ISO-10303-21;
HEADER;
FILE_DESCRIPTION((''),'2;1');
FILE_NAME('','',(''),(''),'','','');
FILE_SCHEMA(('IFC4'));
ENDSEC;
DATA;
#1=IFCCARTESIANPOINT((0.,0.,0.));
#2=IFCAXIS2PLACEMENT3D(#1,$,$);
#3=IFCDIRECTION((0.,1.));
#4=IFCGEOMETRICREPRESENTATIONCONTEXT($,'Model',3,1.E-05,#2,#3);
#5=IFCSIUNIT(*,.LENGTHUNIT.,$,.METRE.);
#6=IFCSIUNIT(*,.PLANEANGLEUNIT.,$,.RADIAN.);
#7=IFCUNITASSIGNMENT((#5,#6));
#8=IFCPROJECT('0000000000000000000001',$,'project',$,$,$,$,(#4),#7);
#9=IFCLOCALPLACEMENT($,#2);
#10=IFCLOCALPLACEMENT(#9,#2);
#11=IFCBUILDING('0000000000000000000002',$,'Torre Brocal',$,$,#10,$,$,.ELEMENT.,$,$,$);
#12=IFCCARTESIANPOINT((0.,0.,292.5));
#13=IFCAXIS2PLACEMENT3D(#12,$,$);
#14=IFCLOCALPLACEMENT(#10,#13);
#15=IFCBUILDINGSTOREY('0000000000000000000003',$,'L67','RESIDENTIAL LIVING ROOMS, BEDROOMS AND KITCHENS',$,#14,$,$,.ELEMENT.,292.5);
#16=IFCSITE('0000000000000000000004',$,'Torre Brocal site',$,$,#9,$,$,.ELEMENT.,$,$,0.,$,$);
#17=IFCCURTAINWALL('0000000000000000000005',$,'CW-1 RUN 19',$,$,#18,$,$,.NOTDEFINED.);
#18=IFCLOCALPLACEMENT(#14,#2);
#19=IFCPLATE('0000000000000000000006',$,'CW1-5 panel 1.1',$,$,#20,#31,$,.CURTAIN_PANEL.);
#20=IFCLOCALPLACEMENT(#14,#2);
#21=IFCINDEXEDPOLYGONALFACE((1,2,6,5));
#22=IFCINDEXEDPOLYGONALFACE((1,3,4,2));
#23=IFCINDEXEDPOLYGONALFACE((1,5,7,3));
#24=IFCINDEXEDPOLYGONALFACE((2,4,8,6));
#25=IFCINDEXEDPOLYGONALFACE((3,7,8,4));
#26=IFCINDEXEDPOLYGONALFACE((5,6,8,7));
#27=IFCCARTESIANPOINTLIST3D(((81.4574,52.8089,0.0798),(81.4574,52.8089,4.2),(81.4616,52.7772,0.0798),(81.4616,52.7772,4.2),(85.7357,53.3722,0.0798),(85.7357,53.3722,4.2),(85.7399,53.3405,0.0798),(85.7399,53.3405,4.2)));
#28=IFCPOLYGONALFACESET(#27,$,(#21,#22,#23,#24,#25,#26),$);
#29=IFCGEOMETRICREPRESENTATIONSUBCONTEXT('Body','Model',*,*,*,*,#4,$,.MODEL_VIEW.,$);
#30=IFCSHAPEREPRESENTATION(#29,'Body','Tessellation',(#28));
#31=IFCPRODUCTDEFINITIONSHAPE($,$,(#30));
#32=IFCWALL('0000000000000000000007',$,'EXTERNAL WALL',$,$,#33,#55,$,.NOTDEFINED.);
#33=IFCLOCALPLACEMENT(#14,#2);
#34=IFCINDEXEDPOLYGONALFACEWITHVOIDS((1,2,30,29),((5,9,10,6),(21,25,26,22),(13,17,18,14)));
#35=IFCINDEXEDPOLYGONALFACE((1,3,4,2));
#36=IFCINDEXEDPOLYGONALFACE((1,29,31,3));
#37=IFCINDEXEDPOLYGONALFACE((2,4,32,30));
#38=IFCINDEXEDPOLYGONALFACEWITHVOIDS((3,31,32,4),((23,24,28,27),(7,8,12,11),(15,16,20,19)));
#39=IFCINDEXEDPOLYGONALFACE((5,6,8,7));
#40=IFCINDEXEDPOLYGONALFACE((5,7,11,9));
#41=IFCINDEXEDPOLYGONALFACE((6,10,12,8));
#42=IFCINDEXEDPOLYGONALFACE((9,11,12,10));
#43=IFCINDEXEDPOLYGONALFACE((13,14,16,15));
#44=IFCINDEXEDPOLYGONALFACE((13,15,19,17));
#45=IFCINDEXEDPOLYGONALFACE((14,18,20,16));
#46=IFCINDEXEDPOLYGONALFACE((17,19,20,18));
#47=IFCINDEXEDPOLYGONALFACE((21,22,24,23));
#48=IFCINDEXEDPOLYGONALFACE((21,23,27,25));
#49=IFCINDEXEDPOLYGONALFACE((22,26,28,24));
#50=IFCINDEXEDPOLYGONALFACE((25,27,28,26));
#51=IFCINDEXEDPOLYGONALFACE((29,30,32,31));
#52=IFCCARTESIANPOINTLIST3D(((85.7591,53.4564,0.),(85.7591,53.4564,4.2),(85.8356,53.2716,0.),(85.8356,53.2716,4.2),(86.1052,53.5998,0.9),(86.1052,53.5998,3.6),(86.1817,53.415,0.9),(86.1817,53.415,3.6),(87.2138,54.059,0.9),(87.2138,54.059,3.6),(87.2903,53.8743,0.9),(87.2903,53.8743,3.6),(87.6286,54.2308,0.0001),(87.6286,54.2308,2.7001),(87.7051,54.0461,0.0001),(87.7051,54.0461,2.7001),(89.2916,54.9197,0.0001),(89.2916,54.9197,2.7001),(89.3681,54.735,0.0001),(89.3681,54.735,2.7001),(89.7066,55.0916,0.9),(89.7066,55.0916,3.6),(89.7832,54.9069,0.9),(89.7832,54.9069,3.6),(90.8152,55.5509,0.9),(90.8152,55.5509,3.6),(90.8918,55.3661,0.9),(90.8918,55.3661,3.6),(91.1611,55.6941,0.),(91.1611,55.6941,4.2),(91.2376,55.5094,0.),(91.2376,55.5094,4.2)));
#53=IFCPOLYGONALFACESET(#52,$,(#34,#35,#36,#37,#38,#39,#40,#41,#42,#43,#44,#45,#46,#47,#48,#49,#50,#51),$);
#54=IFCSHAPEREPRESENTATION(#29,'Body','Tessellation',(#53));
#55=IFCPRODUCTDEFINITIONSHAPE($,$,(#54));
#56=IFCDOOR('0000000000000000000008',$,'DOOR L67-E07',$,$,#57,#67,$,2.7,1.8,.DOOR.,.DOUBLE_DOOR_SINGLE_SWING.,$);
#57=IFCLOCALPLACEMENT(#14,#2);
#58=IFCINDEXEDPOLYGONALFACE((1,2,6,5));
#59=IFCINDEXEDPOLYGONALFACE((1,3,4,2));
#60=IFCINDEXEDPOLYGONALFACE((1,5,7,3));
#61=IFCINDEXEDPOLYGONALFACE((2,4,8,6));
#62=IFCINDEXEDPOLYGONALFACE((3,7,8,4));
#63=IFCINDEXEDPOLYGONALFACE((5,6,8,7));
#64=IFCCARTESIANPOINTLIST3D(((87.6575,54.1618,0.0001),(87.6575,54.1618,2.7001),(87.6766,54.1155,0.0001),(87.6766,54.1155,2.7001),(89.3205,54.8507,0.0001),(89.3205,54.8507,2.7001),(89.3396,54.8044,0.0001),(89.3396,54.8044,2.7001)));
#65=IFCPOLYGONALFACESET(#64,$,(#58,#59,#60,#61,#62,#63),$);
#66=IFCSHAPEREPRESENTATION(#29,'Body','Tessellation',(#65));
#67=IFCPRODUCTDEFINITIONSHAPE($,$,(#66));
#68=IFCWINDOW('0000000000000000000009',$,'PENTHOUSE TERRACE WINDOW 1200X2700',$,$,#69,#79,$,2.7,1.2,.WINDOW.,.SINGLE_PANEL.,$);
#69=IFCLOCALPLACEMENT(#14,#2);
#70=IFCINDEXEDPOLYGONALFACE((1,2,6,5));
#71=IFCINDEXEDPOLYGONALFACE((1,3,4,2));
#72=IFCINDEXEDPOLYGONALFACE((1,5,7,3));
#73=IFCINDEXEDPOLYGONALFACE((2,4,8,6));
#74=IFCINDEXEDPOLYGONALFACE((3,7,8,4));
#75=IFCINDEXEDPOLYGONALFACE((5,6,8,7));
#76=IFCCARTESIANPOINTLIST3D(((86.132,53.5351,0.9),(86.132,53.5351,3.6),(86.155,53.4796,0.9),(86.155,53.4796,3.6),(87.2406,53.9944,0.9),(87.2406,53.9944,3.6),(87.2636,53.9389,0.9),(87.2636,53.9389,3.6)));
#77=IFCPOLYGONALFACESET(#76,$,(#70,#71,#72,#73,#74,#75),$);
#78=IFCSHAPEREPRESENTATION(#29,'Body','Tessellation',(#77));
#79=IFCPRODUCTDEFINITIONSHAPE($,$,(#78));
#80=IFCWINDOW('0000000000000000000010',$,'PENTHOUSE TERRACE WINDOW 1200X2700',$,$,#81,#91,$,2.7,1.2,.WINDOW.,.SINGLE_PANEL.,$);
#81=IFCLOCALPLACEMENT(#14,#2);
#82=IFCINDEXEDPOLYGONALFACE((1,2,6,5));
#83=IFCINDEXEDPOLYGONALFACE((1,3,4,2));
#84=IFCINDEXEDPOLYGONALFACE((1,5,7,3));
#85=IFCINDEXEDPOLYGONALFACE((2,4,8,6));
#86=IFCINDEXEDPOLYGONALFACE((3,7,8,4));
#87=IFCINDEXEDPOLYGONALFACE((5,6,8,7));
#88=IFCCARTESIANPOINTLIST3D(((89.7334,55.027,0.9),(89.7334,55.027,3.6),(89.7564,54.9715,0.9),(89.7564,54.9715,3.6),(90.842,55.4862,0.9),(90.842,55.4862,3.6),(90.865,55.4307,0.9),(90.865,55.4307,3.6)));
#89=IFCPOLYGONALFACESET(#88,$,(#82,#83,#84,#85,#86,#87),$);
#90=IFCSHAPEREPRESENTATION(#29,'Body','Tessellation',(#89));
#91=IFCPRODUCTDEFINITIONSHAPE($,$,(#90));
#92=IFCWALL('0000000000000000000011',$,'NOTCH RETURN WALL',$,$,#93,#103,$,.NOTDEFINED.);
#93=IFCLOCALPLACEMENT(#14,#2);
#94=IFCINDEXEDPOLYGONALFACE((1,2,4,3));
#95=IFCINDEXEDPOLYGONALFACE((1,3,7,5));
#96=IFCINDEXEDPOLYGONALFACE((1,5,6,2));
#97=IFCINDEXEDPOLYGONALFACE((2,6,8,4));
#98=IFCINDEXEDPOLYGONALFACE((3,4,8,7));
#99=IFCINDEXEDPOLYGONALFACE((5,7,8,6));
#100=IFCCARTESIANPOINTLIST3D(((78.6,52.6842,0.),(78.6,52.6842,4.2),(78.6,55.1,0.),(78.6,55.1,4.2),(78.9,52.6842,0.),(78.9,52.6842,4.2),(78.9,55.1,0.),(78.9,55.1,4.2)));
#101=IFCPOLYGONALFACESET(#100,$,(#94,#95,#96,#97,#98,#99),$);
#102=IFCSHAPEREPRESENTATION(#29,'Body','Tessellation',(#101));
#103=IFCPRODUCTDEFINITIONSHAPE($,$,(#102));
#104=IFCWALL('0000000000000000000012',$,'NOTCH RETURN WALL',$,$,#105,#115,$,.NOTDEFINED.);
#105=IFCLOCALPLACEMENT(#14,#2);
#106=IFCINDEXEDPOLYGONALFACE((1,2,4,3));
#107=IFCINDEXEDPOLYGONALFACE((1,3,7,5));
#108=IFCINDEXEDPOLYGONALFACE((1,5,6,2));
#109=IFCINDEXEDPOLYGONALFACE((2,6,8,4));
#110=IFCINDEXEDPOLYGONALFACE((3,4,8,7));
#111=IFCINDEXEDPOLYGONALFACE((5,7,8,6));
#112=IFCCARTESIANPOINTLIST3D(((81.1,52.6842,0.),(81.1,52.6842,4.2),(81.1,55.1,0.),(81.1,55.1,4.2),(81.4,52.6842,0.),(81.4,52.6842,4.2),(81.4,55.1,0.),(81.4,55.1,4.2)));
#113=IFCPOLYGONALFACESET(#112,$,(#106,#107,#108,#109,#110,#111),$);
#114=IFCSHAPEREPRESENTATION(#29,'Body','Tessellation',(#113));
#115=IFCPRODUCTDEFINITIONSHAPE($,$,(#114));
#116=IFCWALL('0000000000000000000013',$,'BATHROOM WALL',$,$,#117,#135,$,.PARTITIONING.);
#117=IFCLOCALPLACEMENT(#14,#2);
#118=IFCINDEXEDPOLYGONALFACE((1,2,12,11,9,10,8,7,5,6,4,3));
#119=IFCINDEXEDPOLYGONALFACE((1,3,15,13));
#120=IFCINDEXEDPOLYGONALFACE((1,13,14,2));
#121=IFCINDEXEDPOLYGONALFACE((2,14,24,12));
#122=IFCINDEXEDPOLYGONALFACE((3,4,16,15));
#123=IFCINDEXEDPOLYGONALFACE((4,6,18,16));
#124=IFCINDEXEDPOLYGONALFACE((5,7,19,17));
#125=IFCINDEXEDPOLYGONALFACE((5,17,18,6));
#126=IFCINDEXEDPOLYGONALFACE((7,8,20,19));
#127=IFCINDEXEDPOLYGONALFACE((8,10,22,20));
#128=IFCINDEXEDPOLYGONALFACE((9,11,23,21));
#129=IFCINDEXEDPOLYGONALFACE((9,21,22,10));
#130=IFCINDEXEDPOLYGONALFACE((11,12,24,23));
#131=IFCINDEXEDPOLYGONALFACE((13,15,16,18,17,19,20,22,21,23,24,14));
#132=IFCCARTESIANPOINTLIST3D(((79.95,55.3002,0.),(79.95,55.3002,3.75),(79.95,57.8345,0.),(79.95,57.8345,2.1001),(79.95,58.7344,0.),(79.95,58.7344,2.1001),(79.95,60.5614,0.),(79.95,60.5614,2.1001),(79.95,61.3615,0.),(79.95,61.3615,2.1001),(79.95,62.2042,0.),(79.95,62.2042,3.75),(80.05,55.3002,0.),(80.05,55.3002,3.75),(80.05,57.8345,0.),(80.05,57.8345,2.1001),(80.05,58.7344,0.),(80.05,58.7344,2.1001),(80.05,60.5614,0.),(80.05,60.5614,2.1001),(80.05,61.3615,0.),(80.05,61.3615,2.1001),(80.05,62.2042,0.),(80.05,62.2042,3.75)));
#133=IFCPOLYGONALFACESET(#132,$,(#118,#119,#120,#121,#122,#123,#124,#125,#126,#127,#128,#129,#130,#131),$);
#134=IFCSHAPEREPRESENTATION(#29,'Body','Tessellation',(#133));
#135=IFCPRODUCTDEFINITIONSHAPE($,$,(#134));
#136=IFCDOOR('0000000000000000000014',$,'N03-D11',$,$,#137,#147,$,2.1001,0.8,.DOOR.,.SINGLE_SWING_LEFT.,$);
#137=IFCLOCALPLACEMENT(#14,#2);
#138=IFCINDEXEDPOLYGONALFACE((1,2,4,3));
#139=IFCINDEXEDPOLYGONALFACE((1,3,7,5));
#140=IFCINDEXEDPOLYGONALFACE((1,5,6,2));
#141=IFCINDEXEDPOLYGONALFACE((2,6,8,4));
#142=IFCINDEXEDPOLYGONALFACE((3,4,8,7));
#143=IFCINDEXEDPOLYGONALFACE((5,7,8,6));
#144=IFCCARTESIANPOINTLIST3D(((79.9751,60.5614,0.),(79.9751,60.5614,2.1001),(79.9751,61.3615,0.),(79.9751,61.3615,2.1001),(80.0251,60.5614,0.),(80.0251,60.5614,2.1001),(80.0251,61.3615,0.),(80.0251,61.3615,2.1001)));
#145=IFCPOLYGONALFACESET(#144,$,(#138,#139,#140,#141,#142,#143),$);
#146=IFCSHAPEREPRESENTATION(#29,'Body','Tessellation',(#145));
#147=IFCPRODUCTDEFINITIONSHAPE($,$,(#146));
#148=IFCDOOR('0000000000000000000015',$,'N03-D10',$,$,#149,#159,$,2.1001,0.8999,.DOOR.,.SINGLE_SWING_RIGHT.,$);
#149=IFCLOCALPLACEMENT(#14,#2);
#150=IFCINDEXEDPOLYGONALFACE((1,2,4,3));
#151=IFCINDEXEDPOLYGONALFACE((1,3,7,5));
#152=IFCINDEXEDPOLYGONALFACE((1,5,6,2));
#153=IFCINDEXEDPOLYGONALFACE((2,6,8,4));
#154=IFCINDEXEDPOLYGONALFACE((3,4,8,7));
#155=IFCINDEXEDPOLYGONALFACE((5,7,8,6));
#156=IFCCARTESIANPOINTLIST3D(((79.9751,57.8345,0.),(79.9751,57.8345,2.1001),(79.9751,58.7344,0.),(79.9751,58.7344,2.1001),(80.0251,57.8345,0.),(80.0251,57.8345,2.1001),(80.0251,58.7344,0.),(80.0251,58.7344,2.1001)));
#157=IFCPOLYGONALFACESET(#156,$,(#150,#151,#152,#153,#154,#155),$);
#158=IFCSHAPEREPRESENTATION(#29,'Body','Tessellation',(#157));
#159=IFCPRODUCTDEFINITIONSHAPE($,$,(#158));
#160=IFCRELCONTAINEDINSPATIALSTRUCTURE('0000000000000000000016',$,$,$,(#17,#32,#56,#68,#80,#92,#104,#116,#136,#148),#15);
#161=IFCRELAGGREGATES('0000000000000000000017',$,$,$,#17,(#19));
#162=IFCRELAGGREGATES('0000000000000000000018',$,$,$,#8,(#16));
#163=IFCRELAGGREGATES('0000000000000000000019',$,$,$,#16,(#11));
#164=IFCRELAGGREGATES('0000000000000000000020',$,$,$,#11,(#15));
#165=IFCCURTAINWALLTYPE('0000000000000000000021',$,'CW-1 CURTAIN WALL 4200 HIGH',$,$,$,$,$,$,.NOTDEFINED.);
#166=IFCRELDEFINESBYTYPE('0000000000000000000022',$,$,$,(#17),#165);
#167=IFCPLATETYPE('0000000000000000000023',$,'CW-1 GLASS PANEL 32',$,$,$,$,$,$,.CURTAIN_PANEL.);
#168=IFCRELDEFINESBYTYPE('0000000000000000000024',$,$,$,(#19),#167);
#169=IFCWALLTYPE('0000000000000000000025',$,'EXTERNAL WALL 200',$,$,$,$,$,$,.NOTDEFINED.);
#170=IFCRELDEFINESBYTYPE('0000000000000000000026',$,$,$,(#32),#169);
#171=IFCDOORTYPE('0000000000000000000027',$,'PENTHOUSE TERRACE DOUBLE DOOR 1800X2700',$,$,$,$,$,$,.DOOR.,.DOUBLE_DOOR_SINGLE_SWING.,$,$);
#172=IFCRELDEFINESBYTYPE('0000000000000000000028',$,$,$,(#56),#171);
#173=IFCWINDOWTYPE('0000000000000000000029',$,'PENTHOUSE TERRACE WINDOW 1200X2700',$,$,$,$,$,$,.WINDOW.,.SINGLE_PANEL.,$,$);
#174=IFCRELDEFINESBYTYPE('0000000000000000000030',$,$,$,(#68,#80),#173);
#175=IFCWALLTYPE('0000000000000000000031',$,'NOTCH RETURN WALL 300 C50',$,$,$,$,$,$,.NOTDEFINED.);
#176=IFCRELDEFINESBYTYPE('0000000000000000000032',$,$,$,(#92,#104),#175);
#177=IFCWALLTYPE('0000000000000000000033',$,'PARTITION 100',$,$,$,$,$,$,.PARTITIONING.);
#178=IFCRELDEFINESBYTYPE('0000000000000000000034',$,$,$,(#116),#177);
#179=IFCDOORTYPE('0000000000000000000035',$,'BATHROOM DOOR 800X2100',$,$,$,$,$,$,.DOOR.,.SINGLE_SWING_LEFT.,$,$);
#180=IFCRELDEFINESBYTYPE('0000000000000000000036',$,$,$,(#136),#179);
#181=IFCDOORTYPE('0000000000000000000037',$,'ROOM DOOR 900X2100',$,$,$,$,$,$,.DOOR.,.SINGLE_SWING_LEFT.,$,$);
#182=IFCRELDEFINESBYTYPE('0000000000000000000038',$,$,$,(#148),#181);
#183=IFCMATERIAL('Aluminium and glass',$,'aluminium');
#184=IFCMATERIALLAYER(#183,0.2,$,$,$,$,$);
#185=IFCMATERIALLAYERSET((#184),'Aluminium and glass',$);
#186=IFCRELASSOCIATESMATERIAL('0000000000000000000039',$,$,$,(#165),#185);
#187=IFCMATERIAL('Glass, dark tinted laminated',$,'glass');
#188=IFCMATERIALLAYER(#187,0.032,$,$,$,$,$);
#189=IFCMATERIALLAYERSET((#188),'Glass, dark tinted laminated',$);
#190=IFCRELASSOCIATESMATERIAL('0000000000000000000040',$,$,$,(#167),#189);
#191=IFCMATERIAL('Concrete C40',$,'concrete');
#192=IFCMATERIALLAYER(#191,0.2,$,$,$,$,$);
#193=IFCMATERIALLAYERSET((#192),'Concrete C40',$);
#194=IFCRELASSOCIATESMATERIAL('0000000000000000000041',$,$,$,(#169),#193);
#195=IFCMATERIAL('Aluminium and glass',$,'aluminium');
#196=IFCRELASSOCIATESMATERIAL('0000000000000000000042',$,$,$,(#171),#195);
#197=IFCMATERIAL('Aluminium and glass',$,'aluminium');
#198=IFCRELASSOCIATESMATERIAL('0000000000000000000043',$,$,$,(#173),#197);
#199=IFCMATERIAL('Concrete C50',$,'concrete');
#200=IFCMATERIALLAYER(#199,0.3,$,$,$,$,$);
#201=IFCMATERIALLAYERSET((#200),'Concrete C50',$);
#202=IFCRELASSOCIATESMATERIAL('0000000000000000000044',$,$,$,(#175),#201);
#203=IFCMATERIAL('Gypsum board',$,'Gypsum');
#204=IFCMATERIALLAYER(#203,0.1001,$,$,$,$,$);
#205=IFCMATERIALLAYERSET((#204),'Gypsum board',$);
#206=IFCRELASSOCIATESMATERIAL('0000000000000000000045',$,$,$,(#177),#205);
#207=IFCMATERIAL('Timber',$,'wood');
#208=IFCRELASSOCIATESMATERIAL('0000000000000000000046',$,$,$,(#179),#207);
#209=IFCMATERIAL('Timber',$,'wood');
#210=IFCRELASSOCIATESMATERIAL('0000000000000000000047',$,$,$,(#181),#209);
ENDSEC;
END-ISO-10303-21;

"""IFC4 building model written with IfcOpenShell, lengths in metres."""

from ifc_helpers import new_model, si_unit, direction, frame, frame_2d, origin, origin_2d, place, context, subcontext, project, spatial, rectangle, extrude, material, layer, layer_set, type_object, element, fill, aggregate, save


model = new_model("IFC4")

# Units and contexts
model_context = context("Model", 3, precision=1e-05, world=origin(), true_north=direction((0.0, 1.0)))
body_context = subcontext(model_context, "Body", "Model", "MODEL_VIEW")
ifc_project = project(units=[si_unit("LENGTHUNIT", "METRE"), si_unit("PLANEANGLEUNIT", "RADIAN")], contexts=[model_context])

# Site, building, storey
site_placement = place(None, origin())
site = spatial("IfcSite", under=ifc_project, at=site_placement, Name="Torre Brocal site", CompositionType="ELEMENT", RefElevation=0.0)
building_placement = place(site_placement, origin())
building = spatial("IfcBuilding", under=site, at=building_placement, Name="Torre Brocal", CompositionType="ELEMENT")
storey_placement = place(building_placement, frame((0.0, 0.0, 292.5)))
storey = spatial("IfcBuildingStorey", under=building, at=storey_placement, Name="L67", Description="RESIDENTIAL LIVING ROOMS, BEDROOMS AND KITCHENS", CompositionType="ELEMENT", Elevation=292.5)

# Shared definitions
ifc_material_1 = material(Name="Aluminium and glass", Category="aluminium")
ifc_layer_1 = layer(ifc_material_1, 0.2)
ifc_layer_set_1 = layer_set([ifc_layer_1], Name="Aluminium and glass")
curtain_wall_type = type_object("IfcCurtainWallType", Name="CW-1 CURTAIN WALL 4200 HIGH", PredefinedType="NOTDEFINED", material=ifc_layer_set_1)

# Curtain wall
curtain_wall_1_placement = place(storey_placement, origin())
curtain_wall_1 = element("IfcCurtainWall", 1, at=curtain_wall_1_placement, inside=storey, type_object=curtain_wall_type, Name="CW-1 RUN 19", PredefinedType="NOTDEFINED")

# Plate
ifc_material_2 = material(Name="Glass, dark tinted laminated", Category="glass")
ifc_layer_2 = layer(ifc_material_2, 0.032)
ifc_layer_set_2 = layer_set([ifc_layer_2], Name="Glass, dark tinted laminated")
plate_type = type_object("IfcPlateType", Name="CW-1 GLASS PANEL 32", PredefinedType="CURTAIN_PANEL", material=ifc_layer_set_2)
plate_1_placement = place(storey_placement, frame((83.5986, 53.0747, 0.0798), z_axis=(0.0, 0.0, 1.0), x_axis=(0.991445, 0.130526, 0.0)))
plate_1 = element("IfcPlate", 2, at=plate_1_placement, type_object=plate_type, Name="CW1-5 panel 1.1", PredefinedType="CURTAIN_PANEL", context=body_context, shape_type="SweptSolid", body=[
    extrude(rectangle(XDim=4.3152, YDim=0.032, at=origin_2d()), origin(), (0.0, 0.0, 1.0), 4.1201),
])
aggregate(curtain_wall_1, [plate_1])

# Wall, openings, door, windows
ifc_material_3 = material(Name="Concrete C40", Category="concrete")
ifc_layer_3 = layer(ifc_material_3, 0.2)
ifc_layer_set_3 = layer_set([ifc_layer_3], Name="Concrete C40")
wall_type_1 = type_object("IfcWallType", Name="EXTERNAL WALL 200", PredefinedType="NOTDEFINED", material=ifc_layer_set_3)
wall_1_placement = place(storey_placement, frame((85.7974, 53.364, 0.0), z_axis=(0.0, 0.0, 1.0), x_axis=(0.923869, 0.382708, 0.0)))
wall_1 = element("IfcWall", 3, at=wall_1_placement, inside=storey, type_object=wall_type_1, Name="EXTERNAL WALL", PredefinedType="NOTDEFINED", context=body_context, shape_type="SweptSolid", body=[
    extrude(rectangle(XDim=5.8472, YDim=0.2, at=frame_2d((2.9236, 0.0))), origin(), (0.0, 0.0, 1.0), 4.2),
])
opening_1_placement = place(wall_1_placement, frame((0.3745, 0.0, 0.8999)))
opening_1 = element("IfcOpeningElement", 4, at=opening_1_placement, cuts=wall_1, PredefinedType="OPENING", context=body_context, shape_type="SweptSolid", body=[
    extrude(rectangle(XDim=1.2, YDim=2.7, at=frame_2d((0.6001, 1.3501))), frame((0.0, 0.1099, 0.0), z_axis=(0.0, -1.0, 0.0), x_axis=(1.0, 0.0, 0.0)), (0.0, 0.0, 1.0), 0.22),
])
opening_2_placement = place(wall_1_placement, frame((2.0237, 0.0, 0.0)))
opening_2 = element("IfcOpeningElement", 5, at=opening_2_placement, cuts=wall_1, PredefinedType="OPENING", context=body_context, shape_type="SweptSolid", body=[
    extrude(rectangle(XDim=1.8, YDim=2.7, at=frame_2d((0.8999, 1.3501))), frame((0.0, 0.1099, 0.0), z_axis=(0.0, -1.0, 0.0), x_axis=(1.0, 0.0, 0.0)), (0.0, 0.0, 1.0), 0.22),
])
opening_3_placement = place(wall_1_placement, frame((4.2727, 0.0, 0.8999)))
opening_3 = element("IfcOpeningElement", 6, at=opening_3_placement, cuts=wall_1, PredefinedType="OPENING", context=body_context, shape_type="SweptSolid", body=[
    extrude(rectangle(XDim=1.2, YDim=2.7, at=frame_2d((0.6001, 1.3501))), frame((0.0, 0.1099, 0.0), z_axis=(0.0, -1.0, 0.0), x_axis=(1.0, 0.0, 0.0)), (0.0, 0.0, 1.0), 0.22),
])
ifc_material_4 = material(Name="Aluminium and glass", Category="aluminium")
door_type_1 = type_object("IfcDoorType", Name="PENTHOUSE TERRACE DOUBLE DOOR 1800X2700", OperationType="DOUBLE_DOOR_SINGLE_SWING", PredefinedType="DOOR", material=ifc_material_4)
door_1_placement = place(opening_2_placement, frame((1.8, 0.0, 0.0), z_axis=(0.0, 0.0, 1.0), x_axis=(-1.0, 0.0, 0.0)))
door_1 = element("IfcDoor", 7, at=door_1_placement, inside=storey, type_object=door_type_1, Name="DOOR L67-E07", OperationType="DOUBLE_DOOR_SINGLE_SWING", OverallHeight=2.7, OverallWidth=1.8, PredefinedType="DOOR", context=body_context, shape_type="SweptSolid", body=[
    extrude(rectangle(XDim=1.8, YDim=2.7, at=frame_2d((0.8999, 1.3501))), frame((0.0, 0.0249, 0.0), z_axis=(0.0, -1.0, 0.0), x_axis=(1.0, 0.0, 0.0)), (0.0, 0.0, 1.0), 0.05),
])
fill(opening_2, door_1)
ifc_material_5 = material(Name="Aluminium and glass", Category="aluminium")
window_type = type_object("IfcWindowType", Name="PENTHOUSE TERRACE WINDOW 1200X2700", PartitioningType="SINGLE_PANEL", PredefinedType="WINDOW", material=ifc_material_5)
window_1_placement = place(opening_1_placement, origin())
window_1 = element("IfcWindow", 8, at=window_1_placement, inside=storey, type_object=window_type, Name="PENTHOUSE TERRACE WINDOW 1200X2700", OverallHeight=2.7, OverallWidth=1.2, PartitioningType="SINGLE_PANEL", PredefinedType="WINDOW", context=body_context, shape_type="SweptSolid", body=[
    extrude(rectangle(XDim=1.2, YDim=2.7, at=frame_2d((0.6001, 1.3501))), frame((0.0, 0.03, 0.0), z_axis=(0.0, -1.0, 0.0), x_axis=(1.0, 0.0, 0.0)), (0.0, 0.0, 1.0), 0.0601),
])
fill(opening_1, window_1)
window_2_placement = place(opening_3_placement, origin())
window_2 = element("IfcWindow", 9, at=window_2_placement, inside=storey, type_object=window_type, Name="PENTHOUSE TERRACE WINDOW 1200X2700", OverallHeight=2.7, OverallWidth=1.2, PartitioningType="SINGLE_PANEL", PredefinedType="WINDOW", context=body_context, shape_type="SweptSolid", body=[
    extrude(rectangle(XDim=1.2, YDim=2.7, at=frame_2d((0.6001, 1.3501))), frame((0.0, 0.03, 0.0), z_axis=(0.0, -1.0, 0.0), x_axis=(1.0, 0.0, 0.0)), (0.0, 0.0, 1.0), 0.0601),
])
fill(opening_3, window_2)

# Walls
ifc_material_6 = material(Name="Concrete C50", Category="concrete")
ifc_layer_4 = layer(ifc_material_6, 0.3)
ifc_layer_set_4 = layer_set([ifc_layer_4], Name="Concrete C50")
wall_type_2 = type_object("IfcWallType", Name="NOTCH RETURN WALL 300 C50", PredefinedType="NOTDEFINED", material=ifc_layer_set_4)
for number, where, z_axis, x_axis, name in (
    (10, (78.75, 55.1001, 0.0), (0.0, 0.0, 1.0), (0.0, -1.0, 0.0), "NOTCH RETURN WALL"),
    (11, (81.25, 55.1001, 0.0), (0.0, 0.0, 1.0), (0.0, -1.0, 0.0), "NOTCH RETURN WALL"),
):
    element("IfcWall", number, at=place(storey_placement, frame(where, z_axis=z_axis, x_axis=x_axis)), inside=storey, type_object=wall_type_2, Name=name, PredefinedType="NOTDEFINED", context=body_context, shape_type="SweptSolid", body=[
        extrude(rectangle(XDim=2.4158, YDim=0.3, at=frame_2d((1.208, 0.0))), origin(), (0.0, 0.0, 1.0), 4.2),
    ])

# Wall, openings, doors
ifc_material_7 = material(Name="Gypsum board", Category="Gypsum")
ifc_layer_5 = layer(ifc_material_7, 0.1001)
ifc_layer_set_5 = layer_set([ifc_layer_5], Name="Gypsum board")
wall_type_3 = type_object("IfcWallType", Name="PARTITION 100", PredefinedType="PARTITIONING", material=ifc_layer_set_5)
wall_2_placement = place(storey_placement, frame((80.0, 55.3, 0.0), z_axis=(0.0, 0.0, 1.0), x_axis=(0.0, 1.0, 0.0)))
wall_2 = element("IfcWall", 12, at=wall_2_placement, inside=storey, type_object=wall_type_3, Name="BATHROOM WALL", PredefinedType="PARTITIONING", context=body_context, shape_type="SweptSolid", body=[
    extrude(rectangle(XDim=6.9041, YDim=0.1001, at=frame_2d((3.4521, 0.0))), origin(), (0.0, 0.0, 1.0), 3.75),
])
opening_4_placement = place(wall_2_placement, frame((2.5344, 0.0, 0.0)))
opening_4 = element("IfcOpeningElement", 13, at=opening_4_placement, cuts=wall_2, PredefinedType="OPENING", context=body_context, shape_type="SweptSolid", body=[
    extrude(rectangle(XDim=0.8999, YDim=2.1001, at=frame_2d((0.45, 1.05))), frame((0.0, 0.0601, 0.0), z_axis=(0.0, -1.0, 0.0), x_axis=(1.0, 0.0, 0.0)), (0.0, 0.0, 1.0), 0.1201),
])
opening_5_placement = place(wall_2_placement, frame((5.2615, 0.0, 0.0)))
opening_5 = element("IfcOpeningElement", 14, at=opening_5_placement, cuts=wall_2, PredefinedType="OPENING", context=body_context, shape_type="SweptSolid", body=[
    extrude(rectangle(XDim=0.8, YDim=2.1001, at=frame_2d((0.3999, 1.05))), frame((0.0, 0.0601, 0.0), z_axis=(0.0, -1.0, 0.0), x_axis=(1.0, 0.0, 0.0)), (0.0, 0.0, 1.0), 0.1201),
])
ifc_material_8 = material(Name="Timber", Category="wood")
door_type_2 = type_object("IfcDoorType", Name="BATHROOM DOOR 800X2100", OperationType="SINGLE_SWING_LEFT", PredefinedType="DOOR", material=ifc_material_8)
door_2_placement = place(opening_5_placement, origin())
door_2 = element("IfcDoor", 15, at=door_2_placement, inside=storey, type_object=door_type_2, Name="N03-D11", OperationType="SINGLE_SWING_LEFT", OverallHeight=2.1001, OverallWidth=0.8, PredefinedType="DOOR", context=body_context, shape_type="SweptSolid", body=[
    extrude(rectangle(XDim=0.8, YDim=2.1001, at=frame_2d((0.3999, 1.05))), frame((0.0, 0.0249, 0.0), z_axis=(0.0, -1.0, 0.0), x_axis=(1.0, 0.0, 0.0)), (0.0, 0.0, 1.0), 0.05),
])
fill(opening_5, door_2)
ifc_material_9 = material(Name="Timber", Category="wood")
door_type_3 = type_object("IfcDoorType", Name="ROOM DOOR 900X2100", OperationType="SINGLE_SWING_LEFT", PredefinedType="DOOR", material=ifc_material_9)
door_3_placement = place(opening_4_placement, origin())
door_3 = element("IfcDoor", 16, at=door_3_placement, inside=storey, type_object=door_type_3, Name="N03-D10", OperationType="SINGLE_SWING_RIGHT", OverallHeight=2.1001, OverallWidth=0.8999, PredefinedType="DOOR", context=body_context, shape_type="SweptSolid", body=[
    extrude(rectangle(XDim=0.8999, YDim=2.1001, at=frame_2d((0.45, 1.05))), frame((0.0, 0.0249, 0.0), z_axis=(0.0, -1.0, 0.0), x_axis=(1.0, 0.0, 0.0)), (0.0, 0.0, 1.0), 0.05),
])
fill(opening_4, door_3)

save(model, "model.ifc")
